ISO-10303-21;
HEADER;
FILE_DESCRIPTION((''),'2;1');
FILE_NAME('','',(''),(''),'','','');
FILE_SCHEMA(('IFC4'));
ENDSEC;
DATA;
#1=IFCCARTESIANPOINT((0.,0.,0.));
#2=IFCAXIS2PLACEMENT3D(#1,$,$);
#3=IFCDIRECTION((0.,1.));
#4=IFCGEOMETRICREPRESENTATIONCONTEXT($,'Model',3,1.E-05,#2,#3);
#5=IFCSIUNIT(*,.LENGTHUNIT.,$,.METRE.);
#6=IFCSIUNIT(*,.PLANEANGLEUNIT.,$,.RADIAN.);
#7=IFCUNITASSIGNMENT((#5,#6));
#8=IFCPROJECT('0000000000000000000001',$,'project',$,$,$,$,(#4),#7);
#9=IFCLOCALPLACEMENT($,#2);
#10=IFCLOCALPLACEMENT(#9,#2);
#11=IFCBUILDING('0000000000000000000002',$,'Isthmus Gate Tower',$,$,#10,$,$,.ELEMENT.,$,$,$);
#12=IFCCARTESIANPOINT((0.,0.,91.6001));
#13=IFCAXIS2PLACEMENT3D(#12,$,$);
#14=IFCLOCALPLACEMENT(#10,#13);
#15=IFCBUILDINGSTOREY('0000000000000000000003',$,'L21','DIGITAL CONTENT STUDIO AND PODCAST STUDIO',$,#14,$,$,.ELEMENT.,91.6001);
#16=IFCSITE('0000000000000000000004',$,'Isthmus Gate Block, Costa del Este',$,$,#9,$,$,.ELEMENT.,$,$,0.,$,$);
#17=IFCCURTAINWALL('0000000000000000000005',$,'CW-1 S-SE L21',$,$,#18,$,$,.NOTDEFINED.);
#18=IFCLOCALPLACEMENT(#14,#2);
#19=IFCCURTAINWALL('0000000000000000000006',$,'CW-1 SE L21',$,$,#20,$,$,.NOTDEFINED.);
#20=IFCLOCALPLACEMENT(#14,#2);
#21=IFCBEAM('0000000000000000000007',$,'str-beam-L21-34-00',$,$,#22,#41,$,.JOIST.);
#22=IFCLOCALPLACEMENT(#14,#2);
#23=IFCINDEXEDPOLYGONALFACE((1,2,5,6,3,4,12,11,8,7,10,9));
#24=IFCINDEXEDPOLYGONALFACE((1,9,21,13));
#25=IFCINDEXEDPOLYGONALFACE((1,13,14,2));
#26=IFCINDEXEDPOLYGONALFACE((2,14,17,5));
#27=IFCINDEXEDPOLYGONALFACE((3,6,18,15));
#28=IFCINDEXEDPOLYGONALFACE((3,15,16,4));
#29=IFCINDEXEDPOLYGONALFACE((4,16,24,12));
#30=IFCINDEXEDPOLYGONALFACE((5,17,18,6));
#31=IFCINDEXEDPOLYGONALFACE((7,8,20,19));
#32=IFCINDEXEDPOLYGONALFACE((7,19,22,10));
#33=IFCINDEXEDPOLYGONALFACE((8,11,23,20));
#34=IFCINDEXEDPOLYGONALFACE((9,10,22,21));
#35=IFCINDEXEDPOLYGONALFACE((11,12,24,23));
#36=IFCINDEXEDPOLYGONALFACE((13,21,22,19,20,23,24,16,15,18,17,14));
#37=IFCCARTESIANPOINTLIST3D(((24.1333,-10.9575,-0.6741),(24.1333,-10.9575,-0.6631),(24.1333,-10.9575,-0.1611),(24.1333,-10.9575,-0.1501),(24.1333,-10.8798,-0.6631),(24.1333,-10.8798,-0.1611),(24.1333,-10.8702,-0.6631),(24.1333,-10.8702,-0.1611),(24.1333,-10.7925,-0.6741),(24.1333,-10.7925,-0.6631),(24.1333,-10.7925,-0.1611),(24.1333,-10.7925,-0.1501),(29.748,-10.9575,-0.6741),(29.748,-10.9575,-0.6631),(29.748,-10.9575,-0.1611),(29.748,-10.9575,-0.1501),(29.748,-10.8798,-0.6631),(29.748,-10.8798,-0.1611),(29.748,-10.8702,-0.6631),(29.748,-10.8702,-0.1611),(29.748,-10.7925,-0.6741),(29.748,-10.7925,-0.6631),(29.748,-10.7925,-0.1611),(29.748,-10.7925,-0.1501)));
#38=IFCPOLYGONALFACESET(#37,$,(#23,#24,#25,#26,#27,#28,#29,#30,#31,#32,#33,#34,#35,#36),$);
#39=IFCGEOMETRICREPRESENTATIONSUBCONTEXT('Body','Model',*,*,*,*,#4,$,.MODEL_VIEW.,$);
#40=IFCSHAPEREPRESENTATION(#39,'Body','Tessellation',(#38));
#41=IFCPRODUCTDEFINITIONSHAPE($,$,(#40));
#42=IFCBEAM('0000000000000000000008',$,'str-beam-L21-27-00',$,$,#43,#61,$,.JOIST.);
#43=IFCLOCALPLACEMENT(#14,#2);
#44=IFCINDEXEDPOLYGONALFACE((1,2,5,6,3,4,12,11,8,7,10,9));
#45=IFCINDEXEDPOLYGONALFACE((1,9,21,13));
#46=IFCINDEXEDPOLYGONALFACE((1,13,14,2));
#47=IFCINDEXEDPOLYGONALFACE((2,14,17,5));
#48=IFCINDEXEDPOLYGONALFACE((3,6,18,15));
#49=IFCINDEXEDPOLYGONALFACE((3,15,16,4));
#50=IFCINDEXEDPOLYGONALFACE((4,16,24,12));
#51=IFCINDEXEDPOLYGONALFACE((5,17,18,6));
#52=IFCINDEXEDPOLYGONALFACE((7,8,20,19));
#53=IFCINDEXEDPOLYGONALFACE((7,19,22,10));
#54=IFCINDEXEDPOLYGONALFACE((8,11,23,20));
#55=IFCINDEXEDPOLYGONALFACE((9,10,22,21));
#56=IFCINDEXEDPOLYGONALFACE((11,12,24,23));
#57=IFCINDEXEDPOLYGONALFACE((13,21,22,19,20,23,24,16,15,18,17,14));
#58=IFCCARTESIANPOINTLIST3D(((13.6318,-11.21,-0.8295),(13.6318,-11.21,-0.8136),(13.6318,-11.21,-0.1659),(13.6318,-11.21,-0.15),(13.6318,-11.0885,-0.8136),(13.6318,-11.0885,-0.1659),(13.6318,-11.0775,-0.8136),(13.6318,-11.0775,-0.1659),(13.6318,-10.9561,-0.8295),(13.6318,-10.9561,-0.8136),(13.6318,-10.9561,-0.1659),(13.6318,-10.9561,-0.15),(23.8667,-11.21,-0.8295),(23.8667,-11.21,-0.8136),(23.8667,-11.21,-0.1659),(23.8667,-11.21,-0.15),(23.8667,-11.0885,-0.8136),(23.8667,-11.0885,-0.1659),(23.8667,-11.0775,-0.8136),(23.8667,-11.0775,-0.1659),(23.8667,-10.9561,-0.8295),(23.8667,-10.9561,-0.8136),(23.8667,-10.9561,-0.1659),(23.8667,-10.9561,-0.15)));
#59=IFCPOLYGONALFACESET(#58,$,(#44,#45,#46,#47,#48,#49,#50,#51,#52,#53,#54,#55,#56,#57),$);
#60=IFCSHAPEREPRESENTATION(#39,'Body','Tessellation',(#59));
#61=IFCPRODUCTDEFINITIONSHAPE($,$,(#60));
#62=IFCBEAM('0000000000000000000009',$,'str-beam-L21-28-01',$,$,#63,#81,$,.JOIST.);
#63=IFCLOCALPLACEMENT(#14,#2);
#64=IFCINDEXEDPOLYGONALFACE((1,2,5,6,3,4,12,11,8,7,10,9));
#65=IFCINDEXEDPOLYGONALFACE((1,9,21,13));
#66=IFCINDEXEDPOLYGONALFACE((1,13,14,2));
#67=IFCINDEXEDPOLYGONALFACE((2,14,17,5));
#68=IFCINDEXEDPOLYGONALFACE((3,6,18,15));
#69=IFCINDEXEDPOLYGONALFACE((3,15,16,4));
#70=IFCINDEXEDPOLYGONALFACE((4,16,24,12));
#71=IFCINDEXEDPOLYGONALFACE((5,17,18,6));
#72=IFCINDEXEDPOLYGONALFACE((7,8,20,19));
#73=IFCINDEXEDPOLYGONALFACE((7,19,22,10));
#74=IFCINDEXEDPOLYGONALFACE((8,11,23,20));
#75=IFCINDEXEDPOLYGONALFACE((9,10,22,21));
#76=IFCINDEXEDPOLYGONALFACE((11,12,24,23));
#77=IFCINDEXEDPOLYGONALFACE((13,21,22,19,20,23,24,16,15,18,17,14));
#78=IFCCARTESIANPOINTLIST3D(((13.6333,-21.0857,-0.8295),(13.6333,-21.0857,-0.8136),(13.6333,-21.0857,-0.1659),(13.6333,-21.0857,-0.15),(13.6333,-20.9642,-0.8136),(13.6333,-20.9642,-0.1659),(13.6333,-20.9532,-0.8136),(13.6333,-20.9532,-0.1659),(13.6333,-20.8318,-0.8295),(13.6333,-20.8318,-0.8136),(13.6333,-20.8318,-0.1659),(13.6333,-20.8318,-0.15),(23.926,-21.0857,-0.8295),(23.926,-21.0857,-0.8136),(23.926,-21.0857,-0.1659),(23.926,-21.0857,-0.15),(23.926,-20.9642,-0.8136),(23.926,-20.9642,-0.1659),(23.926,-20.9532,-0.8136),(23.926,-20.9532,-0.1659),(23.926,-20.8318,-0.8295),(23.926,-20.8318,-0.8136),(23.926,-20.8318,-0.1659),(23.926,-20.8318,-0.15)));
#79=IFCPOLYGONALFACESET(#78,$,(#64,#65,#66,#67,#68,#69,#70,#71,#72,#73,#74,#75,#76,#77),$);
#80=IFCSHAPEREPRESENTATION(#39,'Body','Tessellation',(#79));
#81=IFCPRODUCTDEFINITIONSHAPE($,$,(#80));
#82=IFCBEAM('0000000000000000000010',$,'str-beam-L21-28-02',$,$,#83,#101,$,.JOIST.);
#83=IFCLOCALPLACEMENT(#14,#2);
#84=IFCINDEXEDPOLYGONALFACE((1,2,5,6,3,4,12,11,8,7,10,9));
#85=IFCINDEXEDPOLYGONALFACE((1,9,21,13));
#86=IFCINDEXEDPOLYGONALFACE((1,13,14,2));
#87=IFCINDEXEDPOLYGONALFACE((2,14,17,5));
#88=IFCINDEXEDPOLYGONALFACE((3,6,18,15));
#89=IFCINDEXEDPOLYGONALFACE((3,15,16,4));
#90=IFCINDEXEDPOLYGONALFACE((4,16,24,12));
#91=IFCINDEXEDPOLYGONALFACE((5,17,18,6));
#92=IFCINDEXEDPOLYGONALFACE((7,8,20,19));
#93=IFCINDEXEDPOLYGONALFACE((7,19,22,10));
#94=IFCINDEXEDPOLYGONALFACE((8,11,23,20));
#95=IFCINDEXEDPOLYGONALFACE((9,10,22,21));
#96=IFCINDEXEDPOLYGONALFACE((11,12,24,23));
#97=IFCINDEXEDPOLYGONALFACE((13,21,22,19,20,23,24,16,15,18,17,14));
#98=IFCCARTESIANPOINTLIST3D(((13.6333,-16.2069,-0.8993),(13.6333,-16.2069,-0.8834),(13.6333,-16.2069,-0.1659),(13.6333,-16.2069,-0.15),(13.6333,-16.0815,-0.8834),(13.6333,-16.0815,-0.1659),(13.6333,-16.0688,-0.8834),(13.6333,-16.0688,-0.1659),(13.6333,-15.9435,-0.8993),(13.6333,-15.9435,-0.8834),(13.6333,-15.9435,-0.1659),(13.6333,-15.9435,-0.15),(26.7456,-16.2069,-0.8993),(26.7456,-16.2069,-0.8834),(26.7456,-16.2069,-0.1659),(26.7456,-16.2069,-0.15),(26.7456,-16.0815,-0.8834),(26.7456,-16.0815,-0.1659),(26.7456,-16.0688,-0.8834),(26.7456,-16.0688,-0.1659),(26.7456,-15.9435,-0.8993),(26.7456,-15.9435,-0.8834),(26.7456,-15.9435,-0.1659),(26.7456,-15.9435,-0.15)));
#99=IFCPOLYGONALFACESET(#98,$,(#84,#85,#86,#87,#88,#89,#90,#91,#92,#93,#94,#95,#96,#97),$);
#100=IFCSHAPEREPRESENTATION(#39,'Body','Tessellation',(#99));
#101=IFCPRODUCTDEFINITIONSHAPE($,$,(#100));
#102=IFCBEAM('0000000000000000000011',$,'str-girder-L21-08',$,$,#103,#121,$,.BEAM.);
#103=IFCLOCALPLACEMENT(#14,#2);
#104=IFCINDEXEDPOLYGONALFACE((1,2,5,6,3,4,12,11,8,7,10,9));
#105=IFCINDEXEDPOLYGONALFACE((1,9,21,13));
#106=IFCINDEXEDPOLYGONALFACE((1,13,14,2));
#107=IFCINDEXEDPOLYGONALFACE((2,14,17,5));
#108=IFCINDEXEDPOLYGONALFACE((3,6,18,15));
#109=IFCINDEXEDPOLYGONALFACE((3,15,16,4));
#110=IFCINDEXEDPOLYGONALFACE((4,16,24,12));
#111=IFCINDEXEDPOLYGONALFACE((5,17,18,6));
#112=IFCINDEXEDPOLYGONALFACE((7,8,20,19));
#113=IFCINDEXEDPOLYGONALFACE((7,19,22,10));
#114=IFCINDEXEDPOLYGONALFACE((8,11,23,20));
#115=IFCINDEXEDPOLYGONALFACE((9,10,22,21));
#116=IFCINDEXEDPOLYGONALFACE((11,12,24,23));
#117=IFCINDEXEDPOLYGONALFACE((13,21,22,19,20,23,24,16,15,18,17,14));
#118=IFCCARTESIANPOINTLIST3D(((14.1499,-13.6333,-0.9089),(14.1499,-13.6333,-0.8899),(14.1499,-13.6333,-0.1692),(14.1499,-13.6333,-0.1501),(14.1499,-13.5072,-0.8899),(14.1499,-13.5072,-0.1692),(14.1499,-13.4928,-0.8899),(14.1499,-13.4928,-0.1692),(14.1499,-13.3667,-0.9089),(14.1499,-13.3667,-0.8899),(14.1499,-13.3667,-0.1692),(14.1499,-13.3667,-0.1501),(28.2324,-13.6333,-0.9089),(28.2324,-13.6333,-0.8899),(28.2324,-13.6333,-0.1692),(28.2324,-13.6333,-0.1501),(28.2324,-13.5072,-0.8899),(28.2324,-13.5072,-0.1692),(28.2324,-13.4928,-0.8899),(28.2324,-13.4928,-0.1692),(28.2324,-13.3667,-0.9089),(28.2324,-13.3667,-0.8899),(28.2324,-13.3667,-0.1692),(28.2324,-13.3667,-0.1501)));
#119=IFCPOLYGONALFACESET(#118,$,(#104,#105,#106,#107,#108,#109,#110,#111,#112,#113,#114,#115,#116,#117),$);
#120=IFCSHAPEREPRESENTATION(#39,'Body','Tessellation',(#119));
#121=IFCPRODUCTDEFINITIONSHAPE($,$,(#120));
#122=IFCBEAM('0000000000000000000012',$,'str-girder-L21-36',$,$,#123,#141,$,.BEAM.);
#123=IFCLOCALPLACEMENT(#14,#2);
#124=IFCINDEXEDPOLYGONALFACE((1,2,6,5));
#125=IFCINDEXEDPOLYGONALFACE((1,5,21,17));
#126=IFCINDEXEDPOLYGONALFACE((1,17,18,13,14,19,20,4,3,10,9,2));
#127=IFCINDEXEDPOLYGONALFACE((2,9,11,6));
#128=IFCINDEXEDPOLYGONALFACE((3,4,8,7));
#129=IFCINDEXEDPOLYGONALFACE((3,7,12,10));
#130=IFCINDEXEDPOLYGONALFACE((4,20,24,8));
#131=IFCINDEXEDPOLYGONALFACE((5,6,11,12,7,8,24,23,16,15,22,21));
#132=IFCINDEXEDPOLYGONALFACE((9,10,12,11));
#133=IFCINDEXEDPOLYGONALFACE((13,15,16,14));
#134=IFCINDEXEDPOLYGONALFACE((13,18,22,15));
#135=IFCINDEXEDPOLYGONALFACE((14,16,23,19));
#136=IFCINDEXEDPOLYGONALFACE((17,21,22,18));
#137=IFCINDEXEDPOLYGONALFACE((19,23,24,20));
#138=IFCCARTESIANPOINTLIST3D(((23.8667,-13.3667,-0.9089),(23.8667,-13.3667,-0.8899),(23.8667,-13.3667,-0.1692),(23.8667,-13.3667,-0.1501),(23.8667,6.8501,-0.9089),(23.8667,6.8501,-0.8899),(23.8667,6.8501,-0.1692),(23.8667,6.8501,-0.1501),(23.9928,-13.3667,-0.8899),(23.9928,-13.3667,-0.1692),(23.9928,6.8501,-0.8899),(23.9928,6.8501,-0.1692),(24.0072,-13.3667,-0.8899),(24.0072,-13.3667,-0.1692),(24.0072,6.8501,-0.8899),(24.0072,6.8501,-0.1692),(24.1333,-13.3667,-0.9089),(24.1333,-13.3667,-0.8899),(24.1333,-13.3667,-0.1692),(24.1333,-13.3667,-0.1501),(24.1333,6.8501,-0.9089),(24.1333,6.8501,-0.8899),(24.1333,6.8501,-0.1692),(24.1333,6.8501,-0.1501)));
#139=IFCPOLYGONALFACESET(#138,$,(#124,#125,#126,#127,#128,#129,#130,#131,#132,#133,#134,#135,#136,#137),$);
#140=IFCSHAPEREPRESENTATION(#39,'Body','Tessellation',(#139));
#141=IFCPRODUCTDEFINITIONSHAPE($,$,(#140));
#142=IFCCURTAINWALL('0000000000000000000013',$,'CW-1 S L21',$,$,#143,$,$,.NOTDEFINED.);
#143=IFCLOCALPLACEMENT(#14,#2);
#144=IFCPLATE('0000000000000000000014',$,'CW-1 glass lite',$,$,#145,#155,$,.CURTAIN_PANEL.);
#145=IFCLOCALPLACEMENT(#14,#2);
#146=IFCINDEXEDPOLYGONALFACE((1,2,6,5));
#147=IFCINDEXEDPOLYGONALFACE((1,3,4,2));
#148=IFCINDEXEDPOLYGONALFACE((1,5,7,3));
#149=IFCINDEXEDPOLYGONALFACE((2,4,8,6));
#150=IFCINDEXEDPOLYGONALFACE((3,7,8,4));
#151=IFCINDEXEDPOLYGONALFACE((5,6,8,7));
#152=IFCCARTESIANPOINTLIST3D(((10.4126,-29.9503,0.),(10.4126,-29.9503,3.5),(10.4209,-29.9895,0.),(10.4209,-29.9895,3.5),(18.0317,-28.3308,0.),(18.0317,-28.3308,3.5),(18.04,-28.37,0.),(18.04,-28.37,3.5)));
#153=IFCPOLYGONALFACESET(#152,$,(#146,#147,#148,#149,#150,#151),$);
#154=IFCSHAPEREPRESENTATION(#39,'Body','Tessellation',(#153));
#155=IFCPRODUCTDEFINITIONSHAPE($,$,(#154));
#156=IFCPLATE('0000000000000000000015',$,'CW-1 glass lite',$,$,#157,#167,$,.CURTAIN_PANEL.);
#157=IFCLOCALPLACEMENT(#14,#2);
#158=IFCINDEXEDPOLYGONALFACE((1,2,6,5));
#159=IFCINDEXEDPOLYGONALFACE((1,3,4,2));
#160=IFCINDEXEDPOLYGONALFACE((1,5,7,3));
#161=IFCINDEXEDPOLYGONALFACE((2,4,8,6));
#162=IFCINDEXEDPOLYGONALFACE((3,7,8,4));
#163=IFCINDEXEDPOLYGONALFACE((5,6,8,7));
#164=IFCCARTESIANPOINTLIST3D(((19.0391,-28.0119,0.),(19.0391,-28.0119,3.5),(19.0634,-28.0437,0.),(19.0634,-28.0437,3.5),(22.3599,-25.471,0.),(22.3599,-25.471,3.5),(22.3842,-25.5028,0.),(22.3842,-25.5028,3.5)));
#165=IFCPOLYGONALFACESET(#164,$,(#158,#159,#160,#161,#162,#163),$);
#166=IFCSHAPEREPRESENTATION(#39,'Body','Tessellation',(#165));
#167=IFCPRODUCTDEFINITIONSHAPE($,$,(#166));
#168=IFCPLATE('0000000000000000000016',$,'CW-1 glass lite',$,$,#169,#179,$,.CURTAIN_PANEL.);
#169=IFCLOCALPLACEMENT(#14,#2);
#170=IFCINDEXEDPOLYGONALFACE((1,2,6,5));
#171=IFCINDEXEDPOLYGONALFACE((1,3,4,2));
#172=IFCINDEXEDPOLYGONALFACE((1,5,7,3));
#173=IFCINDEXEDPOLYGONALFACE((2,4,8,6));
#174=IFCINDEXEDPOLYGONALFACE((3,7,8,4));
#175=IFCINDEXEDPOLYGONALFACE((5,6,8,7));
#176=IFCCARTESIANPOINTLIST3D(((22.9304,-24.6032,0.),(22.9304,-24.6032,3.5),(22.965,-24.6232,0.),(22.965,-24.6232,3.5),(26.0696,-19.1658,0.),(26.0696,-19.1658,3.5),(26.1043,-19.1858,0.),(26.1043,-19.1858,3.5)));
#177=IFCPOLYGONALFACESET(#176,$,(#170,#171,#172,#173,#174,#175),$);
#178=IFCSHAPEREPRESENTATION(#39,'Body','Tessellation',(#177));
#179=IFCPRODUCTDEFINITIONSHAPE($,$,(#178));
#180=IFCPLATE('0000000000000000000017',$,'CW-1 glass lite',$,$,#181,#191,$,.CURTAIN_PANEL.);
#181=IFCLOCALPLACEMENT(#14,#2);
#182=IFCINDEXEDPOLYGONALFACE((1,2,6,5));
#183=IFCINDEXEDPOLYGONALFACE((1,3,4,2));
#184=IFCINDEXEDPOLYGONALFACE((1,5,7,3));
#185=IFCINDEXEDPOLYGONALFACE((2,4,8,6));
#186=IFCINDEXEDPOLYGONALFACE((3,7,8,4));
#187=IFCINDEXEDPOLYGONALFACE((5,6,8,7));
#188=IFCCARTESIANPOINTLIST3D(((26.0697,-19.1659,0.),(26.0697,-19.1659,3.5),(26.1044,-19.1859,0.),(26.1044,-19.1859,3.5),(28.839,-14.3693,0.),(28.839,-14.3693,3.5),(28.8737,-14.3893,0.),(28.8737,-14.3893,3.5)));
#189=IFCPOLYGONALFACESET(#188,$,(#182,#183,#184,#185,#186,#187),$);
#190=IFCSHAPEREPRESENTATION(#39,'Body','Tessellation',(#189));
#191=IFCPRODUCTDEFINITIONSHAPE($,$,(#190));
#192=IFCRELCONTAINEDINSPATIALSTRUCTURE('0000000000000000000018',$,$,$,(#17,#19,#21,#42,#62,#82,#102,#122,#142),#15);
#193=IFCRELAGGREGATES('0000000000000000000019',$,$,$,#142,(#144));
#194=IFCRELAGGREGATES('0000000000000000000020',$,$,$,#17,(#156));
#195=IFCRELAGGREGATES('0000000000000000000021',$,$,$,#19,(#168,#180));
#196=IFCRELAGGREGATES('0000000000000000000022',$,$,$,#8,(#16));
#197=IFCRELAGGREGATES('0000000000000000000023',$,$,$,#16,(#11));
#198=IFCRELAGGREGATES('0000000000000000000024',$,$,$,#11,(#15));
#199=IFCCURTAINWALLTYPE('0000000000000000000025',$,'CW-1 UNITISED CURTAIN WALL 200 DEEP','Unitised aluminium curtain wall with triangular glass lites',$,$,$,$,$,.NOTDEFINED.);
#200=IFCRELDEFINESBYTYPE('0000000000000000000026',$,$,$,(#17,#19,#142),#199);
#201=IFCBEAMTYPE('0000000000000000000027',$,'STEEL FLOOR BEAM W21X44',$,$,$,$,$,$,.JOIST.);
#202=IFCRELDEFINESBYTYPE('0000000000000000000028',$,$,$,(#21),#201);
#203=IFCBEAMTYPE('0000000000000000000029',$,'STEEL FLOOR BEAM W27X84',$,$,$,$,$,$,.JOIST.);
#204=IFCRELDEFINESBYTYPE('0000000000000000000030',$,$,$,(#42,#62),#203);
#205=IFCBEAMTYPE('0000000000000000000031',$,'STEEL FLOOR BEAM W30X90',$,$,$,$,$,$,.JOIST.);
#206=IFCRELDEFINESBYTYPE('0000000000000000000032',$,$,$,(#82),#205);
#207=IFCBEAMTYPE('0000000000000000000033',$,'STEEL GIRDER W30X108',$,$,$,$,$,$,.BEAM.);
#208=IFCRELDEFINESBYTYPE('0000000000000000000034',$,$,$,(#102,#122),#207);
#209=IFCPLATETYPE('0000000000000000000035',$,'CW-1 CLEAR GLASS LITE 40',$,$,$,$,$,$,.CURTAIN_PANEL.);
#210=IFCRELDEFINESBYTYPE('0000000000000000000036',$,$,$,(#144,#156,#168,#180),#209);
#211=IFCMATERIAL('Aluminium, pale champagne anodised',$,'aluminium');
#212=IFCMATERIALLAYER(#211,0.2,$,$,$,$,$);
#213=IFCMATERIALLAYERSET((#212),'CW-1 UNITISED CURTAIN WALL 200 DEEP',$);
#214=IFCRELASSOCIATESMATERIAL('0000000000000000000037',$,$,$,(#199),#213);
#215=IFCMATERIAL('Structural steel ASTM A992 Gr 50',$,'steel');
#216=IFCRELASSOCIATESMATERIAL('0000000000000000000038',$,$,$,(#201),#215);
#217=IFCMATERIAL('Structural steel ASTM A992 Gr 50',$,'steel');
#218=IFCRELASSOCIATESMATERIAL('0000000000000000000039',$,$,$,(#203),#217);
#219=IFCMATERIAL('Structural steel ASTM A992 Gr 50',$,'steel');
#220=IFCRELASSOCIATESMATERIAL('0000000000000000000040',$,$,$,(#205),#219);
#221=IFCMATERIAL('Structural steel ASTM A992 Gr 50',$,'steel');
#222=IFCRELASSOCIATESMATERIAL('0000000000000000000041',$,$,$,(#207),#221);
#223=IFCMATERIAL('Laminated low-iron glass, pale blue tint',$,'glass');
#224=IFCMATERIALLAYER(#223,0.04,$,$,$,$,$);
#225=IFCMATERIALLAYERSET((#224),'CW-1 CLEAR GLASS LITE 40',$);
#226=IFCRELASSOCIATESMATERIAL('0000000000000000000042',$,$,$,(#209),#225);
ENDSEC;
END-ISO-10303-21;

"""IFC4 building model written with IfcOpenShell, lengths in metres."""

from ifc_helpers import new_model, si_unit, direction, frame, origin, origin_2d, place, context, subcontext, project, spatial, rectangle, i_section, extrude, material, layer, layer_set, material_profile, profile_set, type_object, element, aggregate, save


model = new_model("IFC4")

# Units and contexts
model_context = context("Model", 3, precision=1e-05, world=origin(), true_north=direction((0.0, 1.0)))
body_context = subcontext(model_context, "Body", "Model", "MODEL_VIEW")
ifc_project = project(units=[si_unit("LENGTHUNIT", "METRE"), si_unit("PLANEANGLEUNIT", "RADIAN")], contexts=[model_context])

# Site, building, storey
site_placement = place(None, origin())
site = spatial("IfcSite", under=ifc_project, at=site_placement, Name="Isthmus Gate Block, Costa del Este", CompositionType="ELEMENT", RefElevation=0.0)
building_placement = place(site_placement, origin())
building = spatial("IfcBuilding", under=site, at=building_placement, Name="Isthmus Gate Tower", CompositionType="ELEMENT")
storey_placement = place(building_placement, frame((0.0, 0.0, 91.6001)))
storey = spatial("IfcBuildingStorey", under=building, at=storey_placement, Name="L21", Description="DIGITAL CONTENT STUDIO AND PODCAST STUDIO", CompositionType="ELEMENT", Elevation=91.6001)

# Curtain wall
ifc_material_1 = material(Name="Aluminium, pale champagne anodised", Category="aluminium")
ifc_layer_1 = layer(ifc_material_1, 0.2)
ifc_layer_set_1 = layer_set([ifc_layer_1], Name="CW-1 UNITISED CURTAIN WALL 200 DEEP")
curtain_wall_type = type_object("IfcCurtainWallType", Name="CW-1 UNITISED CURTAIN WALL 200 DEEP", Description="Unitised aluminium curtain wall with triangular glass lites", PredefinedType="NOTDEFINED", material=ifc_layer_set_1)
curtain_wall_1_placement = place(storey_placement, origin())
curtain_wall_1 = element("IfcCurtainWall", 1, at=curtain_wall_1_placement, inside=storey, type_object=curtain_wall_type, Name="CW-1 S-SE L21", PredefinedType="NOTDEFINED")

# Curtain wall
curtain_wall_2_placement = place(storey_placement, origin())
curtain_wall_2 = element("IfcCurtainWall", 2, at=curtain_wall_2_placement, inside=storey, type_object=curtain_wall_type, Name="CW-1 SE L21", PredefinedType="NOTDEFINED")

# Beams
ifc_material_2 = material(Name="Structural steel ASTM A992 Gr 50", Category="steel")
ifc_material_profile_1 = material_profile(ifc_material_2, i_section(OverallWidth=0.165, OverallDepth=0.5239, WebThickness=0.0095, FlangeThickness=0.011, at=origin_2d()), Name="W21X44")
ifc_profile_set_1 = profile_set([ifc_material_profile_1], Name="Structural steel ASTM A992 Gr 50")
beam_type_1 = type_object("IfcBeamType", Name="STEEL FLOOR BEAM W21X44", PredefinedType="JOIST", material=ifc_profile_set_1)
beam_1_placement = place(storey_placement, frame((24.1333, -10.875, -0.4121), z_axis=(1.0, 0.0, 0.0), x_axis=(0.0, 1.0, 0.0)))
element("IfcBeam", 3, at=beam_1_placement, inside=storey, type_object=beam_type_1, Name="str-beam-L21-34-00", PredefinedType="JOIST", context=body_context, shape_type="SweptSolid", body=[
    extrude(i_section(OverallWidth=0.165, OverallDepth=0.5239, WebThickness=0.0095, FlangeThickness=0.011, at=origin_2d()), origin(), (0.0, 0.0, 1.0), 5.6147),
])
ifc_material_3 = material(Name="Structural steel ASTM A992 Gr 50", Category="steel")
ifc_material_profile_2 = material_profile(ifc_material_3, i_section(OverallWidth=0.2539, OverallDepth=0.6794, WebThickness=0.011, FlangeThickness=0.0159, at=origin_2d()), Name="W27X84")
ifc_profile_set_2 = profile_set([ifc_material_profile_2], Name="Structural steel ASTM A992 Gr 50")
beam_type_2 = type_object("IfcBeamType", Name="STEEL FLOOR BEAM W27X84", PredefinedType="JOIST", material=ifc_profile_set_2)
beam_2_placement = place(storey_placement, frame((13.6318, -11.083, -0.4897), z_axis=(1.0, 0.0, 0.0), x_axis=(0.0, 1.0, 0.0)))
element("IfcBeam", 4, at=beam_2_placement, inside=storey, type_object=beam_type_2, Name="str-beam-L21-27-00", PredefinedType="JOIST", context=body_context, shape_type="SweptSolid", body=[
    extrude(i_section(OverallWidth=0.2539, OverallDepth=0.6794, WebThickness=0.011, FlangeThickness=0.0159, at=origin_2d()), origin(), (0.0, 0.0, 1.0), 10.2349),
])
beam_3_placement = place(storey_placement, frame((13.6333, -20.9587, -0.4897), z_axis=(1.0, 0.0, 0.0), x_axis=(0.0, 1.0, 0.0)))
element("IfcBeam", 5, at=beam_3_placement, inside=storey, type_object=beam_type_2, Name="str-beam-L21-28-01", PredefinedType="JOIST", context=body_context, shape_type="SweptSolid", body=[
    extrude(i_section(OverallWidth=0.2539, OverallDepth=0.6794, WebThickness=0.011, FlangeThickness=0.0159, at=origin_2d()), origin(), (0.0, 0.0, 1.0), 10.2927),
])
ifc_material_4 = material(Name="Structural steel ASTM A992 Gr 50", Category="steel")
ifc_material_profile_3 = material_profile(ifc_material_4, i_section(OverallWidth=0.2634, OverallDepth=0.7493, WebThickness=0.0127, FlangeThickness=0.0159, at=origin_2d()), Name="W30X90")
ifc_profile_set_3 = profile_set([ifc_material_profile_3], Name="Structural steel ASTM A992 Gr 50")
beam_type_3 = type_object("IfcBeamType", Name="STEEL FLOOR BEAM W30X90", PredefinedType="JOIST", material=ifc_profile_set_3)
beam_4_placement = place(storey_placement, frame((13.6333, -16.0752, -0.5247), z_axis=(1.0, 0.0, 0.0), x_axis=(0.0, 1.0, 0.0)))
element("IfcBeam", 6, at=beam_4_placement, inside=storey, type_object=beam_type_3, Name="str-beam-L21-28-02", PredefinedType="JOIST", context=body_context, shape_type="SweptSolid", body=[
    extrude(i_section(OverallWidth=0.2634, OverallDepth=0.7493, WebThickness=0.0127, FlangeThickness=0.0159, at=origin_2d()), origin(), (0.0, 0.0, 1.0), 13.1123),
])
ifc_material_5 = material(Name="Structural steel ASTM A992 Gr 50", Category="steel")
ifc_material_profile_4 = material_profile(ifc_material_5, i_section(OverallWidth=0.2666, OverallDepth=0.7588, WebThickness=0.0144, FlangeThickness=0.019, at=origin_2d()), Name="W30X108")
ifc_profile_set_4 = profile_set([ifc_material_profile_4], Name="Structural steel ASTM A992 Gr 50")
beam_type_4 = type_object("IfcBeamType", Name="STEEL GIRDER W30X108", PredefinedType="BEAM", material=ifc_profile_set_4)
beam_5_placement = place(storey_placement, frame((14.1499, -13.5, -0.5295), z_axis=(1.0, 0.0, 0.0), x_axis=(0.0, 1.0, 0.0)))
element("IfcBeam", 7, at=beam_5_placement, inside=storey, type_object=beam_type_4, Name="str-girder-L21-08", PredefinedType="BEAM", context=body_context, shape_type="SweptSolid", body=[
    extrude(i_section(OverallWidth=0.2666, OverallDepth=0.7588, WebThickness=0.0144, FlangeThickness=0.019, at=origin_2d()), origin(), (0.0, 0.0, 1.0), 14.0825),
])
beam_6_placement = place(storey_placement, frame((24.0, -13.3667, -0.5295), z_axis=(0.0, 1.0, 0.0), x_axis=(-1.0, 0.0, 0.0)))
element("IfcBeam", 8, at=beam_6_placement, inside=storey, type_object=beam_type_4, Name="str-girder-L21-36", PredefinedType="BEAM", context=body_context, shape_type="SweptSolid", body=[
    extrude(i_section(OverallWidth=0.2666, OverallDepth=0.7588, WebThickness=0.0144, FlangeThickness=0.019, at=origin_2d()), origin(), (0.0, 0.0, 1.0), 20.2168),
])

# Curtain wall, plate
curtain_wall_3_placement = place(storey_placement, origin())
curtain_wall_3 = element("IfcCurtainWall", 9, at=curtain_wall_3_placement, inside=storey, type_object=curtain_wall_type, Name="CW-1 S L21", PredefinedType="NOTDEFINED")
ifc_material_6 = material(Name="Laminated low-iron glass, pale blue tint", Category="glass")
ifc_layer_2 = layer(ifc_material_6, 0.04)
ifc_layer_set_2 = layer_set([ifc_layer_2], Name="CW-1 CLEAR GLASS LITE 40")
plate_type = type_object("IfcPlateType", Name="CW-1 CLEAR GLASS LITE 40", PredefinedType="CURTAIN_PANEL", material=ifc_layer_set_2)
plate_1_placement = place(storey_placement, frame((14.2263, -29.1602, 0.0), z_axis=(0.0, 0.0, 1.0), x_axis=(0.978148, 0.207912, 0.0)))
plate_1 = element("IfcPlate", 10, at=plate_1_placement, type_object=plate_type, Name="CW-1 glass lite", PredefinedType="CURTAIN_PANEL", context=body_context, shape_type="SweptSolid", body=[
    extrude(rectangle(XDim=7.7893, YDim=0.04, at=origin_2d()), origin(), (0.0, 0.0, 1.0), 3.5),
])
aggregate(curtain_wall_3, [plate_1])

# Plates
plate_2_placement = place(storey_placement, frame((20.7117, -26.7573, 0.0), z_axis=(0.0, 0.0, 1.0), x_axis=(0.794189, 0.607671, 0.0)))
plate_2 = element("IfcPlate", 11, at=plate_2_placement, type_object=plate_type, Name="CW-1 glass lite", PredefinedType="CURTAIN_PANEL", context=body_context, shape_type="SweptSolid", body=[
    extrude(rectangle(XDim=4.1814, YDim=0.04, at=origin_2d()), origin(), (0.0, 0.0, 1.0), 3.5),
])
aggregate(curtain_wall_1, [plate_2])
plate_3_placement = place(storey_placement, frame((24.5173, -21.8945, 0.0), z_axis=(0.0, 0.0, 1.0), x_axis=(0.5, 0.866025, 0.0)))
plate_3 = element("IfcPlate", 12, at=plate_3_placement, type_object=plate_type, Name="CW-1 glass lite", PredefinedType="CURTAIN_PANEL", context=body_context, shape_type="SweptSolid", body=[
    extrude(rectangle(XDim=6.2786, YDim=0.04, at=origin_2d()), origin(), (0.0, 0.0, 1.0), 3.5),
])
plate_4_placement = place(storey_placement, frame((27.4717, -16.7776, 0.0), z_axis=(0.0, 0.0, 1.0), x_axis=(0.5, 0.866025, 0.0)))
plate_4 = element("IfcPlate", 13, at=plate_4_placement, type_object=plate_type, Name="CW-1 glass lite", PredefinedType="CURTAIN_PANEL", context=body_context, shape_type="SweptSolid", body=[
    extrude(rectangle(XDim=5.5386, YDim=0.04, at=origin_2d()), origin(), (0.0, 0.0, 1.0), 3.5),
])
aggregate(curtain_wall_2, [plate_3, plate_4])

save(model, "model.ifc")
